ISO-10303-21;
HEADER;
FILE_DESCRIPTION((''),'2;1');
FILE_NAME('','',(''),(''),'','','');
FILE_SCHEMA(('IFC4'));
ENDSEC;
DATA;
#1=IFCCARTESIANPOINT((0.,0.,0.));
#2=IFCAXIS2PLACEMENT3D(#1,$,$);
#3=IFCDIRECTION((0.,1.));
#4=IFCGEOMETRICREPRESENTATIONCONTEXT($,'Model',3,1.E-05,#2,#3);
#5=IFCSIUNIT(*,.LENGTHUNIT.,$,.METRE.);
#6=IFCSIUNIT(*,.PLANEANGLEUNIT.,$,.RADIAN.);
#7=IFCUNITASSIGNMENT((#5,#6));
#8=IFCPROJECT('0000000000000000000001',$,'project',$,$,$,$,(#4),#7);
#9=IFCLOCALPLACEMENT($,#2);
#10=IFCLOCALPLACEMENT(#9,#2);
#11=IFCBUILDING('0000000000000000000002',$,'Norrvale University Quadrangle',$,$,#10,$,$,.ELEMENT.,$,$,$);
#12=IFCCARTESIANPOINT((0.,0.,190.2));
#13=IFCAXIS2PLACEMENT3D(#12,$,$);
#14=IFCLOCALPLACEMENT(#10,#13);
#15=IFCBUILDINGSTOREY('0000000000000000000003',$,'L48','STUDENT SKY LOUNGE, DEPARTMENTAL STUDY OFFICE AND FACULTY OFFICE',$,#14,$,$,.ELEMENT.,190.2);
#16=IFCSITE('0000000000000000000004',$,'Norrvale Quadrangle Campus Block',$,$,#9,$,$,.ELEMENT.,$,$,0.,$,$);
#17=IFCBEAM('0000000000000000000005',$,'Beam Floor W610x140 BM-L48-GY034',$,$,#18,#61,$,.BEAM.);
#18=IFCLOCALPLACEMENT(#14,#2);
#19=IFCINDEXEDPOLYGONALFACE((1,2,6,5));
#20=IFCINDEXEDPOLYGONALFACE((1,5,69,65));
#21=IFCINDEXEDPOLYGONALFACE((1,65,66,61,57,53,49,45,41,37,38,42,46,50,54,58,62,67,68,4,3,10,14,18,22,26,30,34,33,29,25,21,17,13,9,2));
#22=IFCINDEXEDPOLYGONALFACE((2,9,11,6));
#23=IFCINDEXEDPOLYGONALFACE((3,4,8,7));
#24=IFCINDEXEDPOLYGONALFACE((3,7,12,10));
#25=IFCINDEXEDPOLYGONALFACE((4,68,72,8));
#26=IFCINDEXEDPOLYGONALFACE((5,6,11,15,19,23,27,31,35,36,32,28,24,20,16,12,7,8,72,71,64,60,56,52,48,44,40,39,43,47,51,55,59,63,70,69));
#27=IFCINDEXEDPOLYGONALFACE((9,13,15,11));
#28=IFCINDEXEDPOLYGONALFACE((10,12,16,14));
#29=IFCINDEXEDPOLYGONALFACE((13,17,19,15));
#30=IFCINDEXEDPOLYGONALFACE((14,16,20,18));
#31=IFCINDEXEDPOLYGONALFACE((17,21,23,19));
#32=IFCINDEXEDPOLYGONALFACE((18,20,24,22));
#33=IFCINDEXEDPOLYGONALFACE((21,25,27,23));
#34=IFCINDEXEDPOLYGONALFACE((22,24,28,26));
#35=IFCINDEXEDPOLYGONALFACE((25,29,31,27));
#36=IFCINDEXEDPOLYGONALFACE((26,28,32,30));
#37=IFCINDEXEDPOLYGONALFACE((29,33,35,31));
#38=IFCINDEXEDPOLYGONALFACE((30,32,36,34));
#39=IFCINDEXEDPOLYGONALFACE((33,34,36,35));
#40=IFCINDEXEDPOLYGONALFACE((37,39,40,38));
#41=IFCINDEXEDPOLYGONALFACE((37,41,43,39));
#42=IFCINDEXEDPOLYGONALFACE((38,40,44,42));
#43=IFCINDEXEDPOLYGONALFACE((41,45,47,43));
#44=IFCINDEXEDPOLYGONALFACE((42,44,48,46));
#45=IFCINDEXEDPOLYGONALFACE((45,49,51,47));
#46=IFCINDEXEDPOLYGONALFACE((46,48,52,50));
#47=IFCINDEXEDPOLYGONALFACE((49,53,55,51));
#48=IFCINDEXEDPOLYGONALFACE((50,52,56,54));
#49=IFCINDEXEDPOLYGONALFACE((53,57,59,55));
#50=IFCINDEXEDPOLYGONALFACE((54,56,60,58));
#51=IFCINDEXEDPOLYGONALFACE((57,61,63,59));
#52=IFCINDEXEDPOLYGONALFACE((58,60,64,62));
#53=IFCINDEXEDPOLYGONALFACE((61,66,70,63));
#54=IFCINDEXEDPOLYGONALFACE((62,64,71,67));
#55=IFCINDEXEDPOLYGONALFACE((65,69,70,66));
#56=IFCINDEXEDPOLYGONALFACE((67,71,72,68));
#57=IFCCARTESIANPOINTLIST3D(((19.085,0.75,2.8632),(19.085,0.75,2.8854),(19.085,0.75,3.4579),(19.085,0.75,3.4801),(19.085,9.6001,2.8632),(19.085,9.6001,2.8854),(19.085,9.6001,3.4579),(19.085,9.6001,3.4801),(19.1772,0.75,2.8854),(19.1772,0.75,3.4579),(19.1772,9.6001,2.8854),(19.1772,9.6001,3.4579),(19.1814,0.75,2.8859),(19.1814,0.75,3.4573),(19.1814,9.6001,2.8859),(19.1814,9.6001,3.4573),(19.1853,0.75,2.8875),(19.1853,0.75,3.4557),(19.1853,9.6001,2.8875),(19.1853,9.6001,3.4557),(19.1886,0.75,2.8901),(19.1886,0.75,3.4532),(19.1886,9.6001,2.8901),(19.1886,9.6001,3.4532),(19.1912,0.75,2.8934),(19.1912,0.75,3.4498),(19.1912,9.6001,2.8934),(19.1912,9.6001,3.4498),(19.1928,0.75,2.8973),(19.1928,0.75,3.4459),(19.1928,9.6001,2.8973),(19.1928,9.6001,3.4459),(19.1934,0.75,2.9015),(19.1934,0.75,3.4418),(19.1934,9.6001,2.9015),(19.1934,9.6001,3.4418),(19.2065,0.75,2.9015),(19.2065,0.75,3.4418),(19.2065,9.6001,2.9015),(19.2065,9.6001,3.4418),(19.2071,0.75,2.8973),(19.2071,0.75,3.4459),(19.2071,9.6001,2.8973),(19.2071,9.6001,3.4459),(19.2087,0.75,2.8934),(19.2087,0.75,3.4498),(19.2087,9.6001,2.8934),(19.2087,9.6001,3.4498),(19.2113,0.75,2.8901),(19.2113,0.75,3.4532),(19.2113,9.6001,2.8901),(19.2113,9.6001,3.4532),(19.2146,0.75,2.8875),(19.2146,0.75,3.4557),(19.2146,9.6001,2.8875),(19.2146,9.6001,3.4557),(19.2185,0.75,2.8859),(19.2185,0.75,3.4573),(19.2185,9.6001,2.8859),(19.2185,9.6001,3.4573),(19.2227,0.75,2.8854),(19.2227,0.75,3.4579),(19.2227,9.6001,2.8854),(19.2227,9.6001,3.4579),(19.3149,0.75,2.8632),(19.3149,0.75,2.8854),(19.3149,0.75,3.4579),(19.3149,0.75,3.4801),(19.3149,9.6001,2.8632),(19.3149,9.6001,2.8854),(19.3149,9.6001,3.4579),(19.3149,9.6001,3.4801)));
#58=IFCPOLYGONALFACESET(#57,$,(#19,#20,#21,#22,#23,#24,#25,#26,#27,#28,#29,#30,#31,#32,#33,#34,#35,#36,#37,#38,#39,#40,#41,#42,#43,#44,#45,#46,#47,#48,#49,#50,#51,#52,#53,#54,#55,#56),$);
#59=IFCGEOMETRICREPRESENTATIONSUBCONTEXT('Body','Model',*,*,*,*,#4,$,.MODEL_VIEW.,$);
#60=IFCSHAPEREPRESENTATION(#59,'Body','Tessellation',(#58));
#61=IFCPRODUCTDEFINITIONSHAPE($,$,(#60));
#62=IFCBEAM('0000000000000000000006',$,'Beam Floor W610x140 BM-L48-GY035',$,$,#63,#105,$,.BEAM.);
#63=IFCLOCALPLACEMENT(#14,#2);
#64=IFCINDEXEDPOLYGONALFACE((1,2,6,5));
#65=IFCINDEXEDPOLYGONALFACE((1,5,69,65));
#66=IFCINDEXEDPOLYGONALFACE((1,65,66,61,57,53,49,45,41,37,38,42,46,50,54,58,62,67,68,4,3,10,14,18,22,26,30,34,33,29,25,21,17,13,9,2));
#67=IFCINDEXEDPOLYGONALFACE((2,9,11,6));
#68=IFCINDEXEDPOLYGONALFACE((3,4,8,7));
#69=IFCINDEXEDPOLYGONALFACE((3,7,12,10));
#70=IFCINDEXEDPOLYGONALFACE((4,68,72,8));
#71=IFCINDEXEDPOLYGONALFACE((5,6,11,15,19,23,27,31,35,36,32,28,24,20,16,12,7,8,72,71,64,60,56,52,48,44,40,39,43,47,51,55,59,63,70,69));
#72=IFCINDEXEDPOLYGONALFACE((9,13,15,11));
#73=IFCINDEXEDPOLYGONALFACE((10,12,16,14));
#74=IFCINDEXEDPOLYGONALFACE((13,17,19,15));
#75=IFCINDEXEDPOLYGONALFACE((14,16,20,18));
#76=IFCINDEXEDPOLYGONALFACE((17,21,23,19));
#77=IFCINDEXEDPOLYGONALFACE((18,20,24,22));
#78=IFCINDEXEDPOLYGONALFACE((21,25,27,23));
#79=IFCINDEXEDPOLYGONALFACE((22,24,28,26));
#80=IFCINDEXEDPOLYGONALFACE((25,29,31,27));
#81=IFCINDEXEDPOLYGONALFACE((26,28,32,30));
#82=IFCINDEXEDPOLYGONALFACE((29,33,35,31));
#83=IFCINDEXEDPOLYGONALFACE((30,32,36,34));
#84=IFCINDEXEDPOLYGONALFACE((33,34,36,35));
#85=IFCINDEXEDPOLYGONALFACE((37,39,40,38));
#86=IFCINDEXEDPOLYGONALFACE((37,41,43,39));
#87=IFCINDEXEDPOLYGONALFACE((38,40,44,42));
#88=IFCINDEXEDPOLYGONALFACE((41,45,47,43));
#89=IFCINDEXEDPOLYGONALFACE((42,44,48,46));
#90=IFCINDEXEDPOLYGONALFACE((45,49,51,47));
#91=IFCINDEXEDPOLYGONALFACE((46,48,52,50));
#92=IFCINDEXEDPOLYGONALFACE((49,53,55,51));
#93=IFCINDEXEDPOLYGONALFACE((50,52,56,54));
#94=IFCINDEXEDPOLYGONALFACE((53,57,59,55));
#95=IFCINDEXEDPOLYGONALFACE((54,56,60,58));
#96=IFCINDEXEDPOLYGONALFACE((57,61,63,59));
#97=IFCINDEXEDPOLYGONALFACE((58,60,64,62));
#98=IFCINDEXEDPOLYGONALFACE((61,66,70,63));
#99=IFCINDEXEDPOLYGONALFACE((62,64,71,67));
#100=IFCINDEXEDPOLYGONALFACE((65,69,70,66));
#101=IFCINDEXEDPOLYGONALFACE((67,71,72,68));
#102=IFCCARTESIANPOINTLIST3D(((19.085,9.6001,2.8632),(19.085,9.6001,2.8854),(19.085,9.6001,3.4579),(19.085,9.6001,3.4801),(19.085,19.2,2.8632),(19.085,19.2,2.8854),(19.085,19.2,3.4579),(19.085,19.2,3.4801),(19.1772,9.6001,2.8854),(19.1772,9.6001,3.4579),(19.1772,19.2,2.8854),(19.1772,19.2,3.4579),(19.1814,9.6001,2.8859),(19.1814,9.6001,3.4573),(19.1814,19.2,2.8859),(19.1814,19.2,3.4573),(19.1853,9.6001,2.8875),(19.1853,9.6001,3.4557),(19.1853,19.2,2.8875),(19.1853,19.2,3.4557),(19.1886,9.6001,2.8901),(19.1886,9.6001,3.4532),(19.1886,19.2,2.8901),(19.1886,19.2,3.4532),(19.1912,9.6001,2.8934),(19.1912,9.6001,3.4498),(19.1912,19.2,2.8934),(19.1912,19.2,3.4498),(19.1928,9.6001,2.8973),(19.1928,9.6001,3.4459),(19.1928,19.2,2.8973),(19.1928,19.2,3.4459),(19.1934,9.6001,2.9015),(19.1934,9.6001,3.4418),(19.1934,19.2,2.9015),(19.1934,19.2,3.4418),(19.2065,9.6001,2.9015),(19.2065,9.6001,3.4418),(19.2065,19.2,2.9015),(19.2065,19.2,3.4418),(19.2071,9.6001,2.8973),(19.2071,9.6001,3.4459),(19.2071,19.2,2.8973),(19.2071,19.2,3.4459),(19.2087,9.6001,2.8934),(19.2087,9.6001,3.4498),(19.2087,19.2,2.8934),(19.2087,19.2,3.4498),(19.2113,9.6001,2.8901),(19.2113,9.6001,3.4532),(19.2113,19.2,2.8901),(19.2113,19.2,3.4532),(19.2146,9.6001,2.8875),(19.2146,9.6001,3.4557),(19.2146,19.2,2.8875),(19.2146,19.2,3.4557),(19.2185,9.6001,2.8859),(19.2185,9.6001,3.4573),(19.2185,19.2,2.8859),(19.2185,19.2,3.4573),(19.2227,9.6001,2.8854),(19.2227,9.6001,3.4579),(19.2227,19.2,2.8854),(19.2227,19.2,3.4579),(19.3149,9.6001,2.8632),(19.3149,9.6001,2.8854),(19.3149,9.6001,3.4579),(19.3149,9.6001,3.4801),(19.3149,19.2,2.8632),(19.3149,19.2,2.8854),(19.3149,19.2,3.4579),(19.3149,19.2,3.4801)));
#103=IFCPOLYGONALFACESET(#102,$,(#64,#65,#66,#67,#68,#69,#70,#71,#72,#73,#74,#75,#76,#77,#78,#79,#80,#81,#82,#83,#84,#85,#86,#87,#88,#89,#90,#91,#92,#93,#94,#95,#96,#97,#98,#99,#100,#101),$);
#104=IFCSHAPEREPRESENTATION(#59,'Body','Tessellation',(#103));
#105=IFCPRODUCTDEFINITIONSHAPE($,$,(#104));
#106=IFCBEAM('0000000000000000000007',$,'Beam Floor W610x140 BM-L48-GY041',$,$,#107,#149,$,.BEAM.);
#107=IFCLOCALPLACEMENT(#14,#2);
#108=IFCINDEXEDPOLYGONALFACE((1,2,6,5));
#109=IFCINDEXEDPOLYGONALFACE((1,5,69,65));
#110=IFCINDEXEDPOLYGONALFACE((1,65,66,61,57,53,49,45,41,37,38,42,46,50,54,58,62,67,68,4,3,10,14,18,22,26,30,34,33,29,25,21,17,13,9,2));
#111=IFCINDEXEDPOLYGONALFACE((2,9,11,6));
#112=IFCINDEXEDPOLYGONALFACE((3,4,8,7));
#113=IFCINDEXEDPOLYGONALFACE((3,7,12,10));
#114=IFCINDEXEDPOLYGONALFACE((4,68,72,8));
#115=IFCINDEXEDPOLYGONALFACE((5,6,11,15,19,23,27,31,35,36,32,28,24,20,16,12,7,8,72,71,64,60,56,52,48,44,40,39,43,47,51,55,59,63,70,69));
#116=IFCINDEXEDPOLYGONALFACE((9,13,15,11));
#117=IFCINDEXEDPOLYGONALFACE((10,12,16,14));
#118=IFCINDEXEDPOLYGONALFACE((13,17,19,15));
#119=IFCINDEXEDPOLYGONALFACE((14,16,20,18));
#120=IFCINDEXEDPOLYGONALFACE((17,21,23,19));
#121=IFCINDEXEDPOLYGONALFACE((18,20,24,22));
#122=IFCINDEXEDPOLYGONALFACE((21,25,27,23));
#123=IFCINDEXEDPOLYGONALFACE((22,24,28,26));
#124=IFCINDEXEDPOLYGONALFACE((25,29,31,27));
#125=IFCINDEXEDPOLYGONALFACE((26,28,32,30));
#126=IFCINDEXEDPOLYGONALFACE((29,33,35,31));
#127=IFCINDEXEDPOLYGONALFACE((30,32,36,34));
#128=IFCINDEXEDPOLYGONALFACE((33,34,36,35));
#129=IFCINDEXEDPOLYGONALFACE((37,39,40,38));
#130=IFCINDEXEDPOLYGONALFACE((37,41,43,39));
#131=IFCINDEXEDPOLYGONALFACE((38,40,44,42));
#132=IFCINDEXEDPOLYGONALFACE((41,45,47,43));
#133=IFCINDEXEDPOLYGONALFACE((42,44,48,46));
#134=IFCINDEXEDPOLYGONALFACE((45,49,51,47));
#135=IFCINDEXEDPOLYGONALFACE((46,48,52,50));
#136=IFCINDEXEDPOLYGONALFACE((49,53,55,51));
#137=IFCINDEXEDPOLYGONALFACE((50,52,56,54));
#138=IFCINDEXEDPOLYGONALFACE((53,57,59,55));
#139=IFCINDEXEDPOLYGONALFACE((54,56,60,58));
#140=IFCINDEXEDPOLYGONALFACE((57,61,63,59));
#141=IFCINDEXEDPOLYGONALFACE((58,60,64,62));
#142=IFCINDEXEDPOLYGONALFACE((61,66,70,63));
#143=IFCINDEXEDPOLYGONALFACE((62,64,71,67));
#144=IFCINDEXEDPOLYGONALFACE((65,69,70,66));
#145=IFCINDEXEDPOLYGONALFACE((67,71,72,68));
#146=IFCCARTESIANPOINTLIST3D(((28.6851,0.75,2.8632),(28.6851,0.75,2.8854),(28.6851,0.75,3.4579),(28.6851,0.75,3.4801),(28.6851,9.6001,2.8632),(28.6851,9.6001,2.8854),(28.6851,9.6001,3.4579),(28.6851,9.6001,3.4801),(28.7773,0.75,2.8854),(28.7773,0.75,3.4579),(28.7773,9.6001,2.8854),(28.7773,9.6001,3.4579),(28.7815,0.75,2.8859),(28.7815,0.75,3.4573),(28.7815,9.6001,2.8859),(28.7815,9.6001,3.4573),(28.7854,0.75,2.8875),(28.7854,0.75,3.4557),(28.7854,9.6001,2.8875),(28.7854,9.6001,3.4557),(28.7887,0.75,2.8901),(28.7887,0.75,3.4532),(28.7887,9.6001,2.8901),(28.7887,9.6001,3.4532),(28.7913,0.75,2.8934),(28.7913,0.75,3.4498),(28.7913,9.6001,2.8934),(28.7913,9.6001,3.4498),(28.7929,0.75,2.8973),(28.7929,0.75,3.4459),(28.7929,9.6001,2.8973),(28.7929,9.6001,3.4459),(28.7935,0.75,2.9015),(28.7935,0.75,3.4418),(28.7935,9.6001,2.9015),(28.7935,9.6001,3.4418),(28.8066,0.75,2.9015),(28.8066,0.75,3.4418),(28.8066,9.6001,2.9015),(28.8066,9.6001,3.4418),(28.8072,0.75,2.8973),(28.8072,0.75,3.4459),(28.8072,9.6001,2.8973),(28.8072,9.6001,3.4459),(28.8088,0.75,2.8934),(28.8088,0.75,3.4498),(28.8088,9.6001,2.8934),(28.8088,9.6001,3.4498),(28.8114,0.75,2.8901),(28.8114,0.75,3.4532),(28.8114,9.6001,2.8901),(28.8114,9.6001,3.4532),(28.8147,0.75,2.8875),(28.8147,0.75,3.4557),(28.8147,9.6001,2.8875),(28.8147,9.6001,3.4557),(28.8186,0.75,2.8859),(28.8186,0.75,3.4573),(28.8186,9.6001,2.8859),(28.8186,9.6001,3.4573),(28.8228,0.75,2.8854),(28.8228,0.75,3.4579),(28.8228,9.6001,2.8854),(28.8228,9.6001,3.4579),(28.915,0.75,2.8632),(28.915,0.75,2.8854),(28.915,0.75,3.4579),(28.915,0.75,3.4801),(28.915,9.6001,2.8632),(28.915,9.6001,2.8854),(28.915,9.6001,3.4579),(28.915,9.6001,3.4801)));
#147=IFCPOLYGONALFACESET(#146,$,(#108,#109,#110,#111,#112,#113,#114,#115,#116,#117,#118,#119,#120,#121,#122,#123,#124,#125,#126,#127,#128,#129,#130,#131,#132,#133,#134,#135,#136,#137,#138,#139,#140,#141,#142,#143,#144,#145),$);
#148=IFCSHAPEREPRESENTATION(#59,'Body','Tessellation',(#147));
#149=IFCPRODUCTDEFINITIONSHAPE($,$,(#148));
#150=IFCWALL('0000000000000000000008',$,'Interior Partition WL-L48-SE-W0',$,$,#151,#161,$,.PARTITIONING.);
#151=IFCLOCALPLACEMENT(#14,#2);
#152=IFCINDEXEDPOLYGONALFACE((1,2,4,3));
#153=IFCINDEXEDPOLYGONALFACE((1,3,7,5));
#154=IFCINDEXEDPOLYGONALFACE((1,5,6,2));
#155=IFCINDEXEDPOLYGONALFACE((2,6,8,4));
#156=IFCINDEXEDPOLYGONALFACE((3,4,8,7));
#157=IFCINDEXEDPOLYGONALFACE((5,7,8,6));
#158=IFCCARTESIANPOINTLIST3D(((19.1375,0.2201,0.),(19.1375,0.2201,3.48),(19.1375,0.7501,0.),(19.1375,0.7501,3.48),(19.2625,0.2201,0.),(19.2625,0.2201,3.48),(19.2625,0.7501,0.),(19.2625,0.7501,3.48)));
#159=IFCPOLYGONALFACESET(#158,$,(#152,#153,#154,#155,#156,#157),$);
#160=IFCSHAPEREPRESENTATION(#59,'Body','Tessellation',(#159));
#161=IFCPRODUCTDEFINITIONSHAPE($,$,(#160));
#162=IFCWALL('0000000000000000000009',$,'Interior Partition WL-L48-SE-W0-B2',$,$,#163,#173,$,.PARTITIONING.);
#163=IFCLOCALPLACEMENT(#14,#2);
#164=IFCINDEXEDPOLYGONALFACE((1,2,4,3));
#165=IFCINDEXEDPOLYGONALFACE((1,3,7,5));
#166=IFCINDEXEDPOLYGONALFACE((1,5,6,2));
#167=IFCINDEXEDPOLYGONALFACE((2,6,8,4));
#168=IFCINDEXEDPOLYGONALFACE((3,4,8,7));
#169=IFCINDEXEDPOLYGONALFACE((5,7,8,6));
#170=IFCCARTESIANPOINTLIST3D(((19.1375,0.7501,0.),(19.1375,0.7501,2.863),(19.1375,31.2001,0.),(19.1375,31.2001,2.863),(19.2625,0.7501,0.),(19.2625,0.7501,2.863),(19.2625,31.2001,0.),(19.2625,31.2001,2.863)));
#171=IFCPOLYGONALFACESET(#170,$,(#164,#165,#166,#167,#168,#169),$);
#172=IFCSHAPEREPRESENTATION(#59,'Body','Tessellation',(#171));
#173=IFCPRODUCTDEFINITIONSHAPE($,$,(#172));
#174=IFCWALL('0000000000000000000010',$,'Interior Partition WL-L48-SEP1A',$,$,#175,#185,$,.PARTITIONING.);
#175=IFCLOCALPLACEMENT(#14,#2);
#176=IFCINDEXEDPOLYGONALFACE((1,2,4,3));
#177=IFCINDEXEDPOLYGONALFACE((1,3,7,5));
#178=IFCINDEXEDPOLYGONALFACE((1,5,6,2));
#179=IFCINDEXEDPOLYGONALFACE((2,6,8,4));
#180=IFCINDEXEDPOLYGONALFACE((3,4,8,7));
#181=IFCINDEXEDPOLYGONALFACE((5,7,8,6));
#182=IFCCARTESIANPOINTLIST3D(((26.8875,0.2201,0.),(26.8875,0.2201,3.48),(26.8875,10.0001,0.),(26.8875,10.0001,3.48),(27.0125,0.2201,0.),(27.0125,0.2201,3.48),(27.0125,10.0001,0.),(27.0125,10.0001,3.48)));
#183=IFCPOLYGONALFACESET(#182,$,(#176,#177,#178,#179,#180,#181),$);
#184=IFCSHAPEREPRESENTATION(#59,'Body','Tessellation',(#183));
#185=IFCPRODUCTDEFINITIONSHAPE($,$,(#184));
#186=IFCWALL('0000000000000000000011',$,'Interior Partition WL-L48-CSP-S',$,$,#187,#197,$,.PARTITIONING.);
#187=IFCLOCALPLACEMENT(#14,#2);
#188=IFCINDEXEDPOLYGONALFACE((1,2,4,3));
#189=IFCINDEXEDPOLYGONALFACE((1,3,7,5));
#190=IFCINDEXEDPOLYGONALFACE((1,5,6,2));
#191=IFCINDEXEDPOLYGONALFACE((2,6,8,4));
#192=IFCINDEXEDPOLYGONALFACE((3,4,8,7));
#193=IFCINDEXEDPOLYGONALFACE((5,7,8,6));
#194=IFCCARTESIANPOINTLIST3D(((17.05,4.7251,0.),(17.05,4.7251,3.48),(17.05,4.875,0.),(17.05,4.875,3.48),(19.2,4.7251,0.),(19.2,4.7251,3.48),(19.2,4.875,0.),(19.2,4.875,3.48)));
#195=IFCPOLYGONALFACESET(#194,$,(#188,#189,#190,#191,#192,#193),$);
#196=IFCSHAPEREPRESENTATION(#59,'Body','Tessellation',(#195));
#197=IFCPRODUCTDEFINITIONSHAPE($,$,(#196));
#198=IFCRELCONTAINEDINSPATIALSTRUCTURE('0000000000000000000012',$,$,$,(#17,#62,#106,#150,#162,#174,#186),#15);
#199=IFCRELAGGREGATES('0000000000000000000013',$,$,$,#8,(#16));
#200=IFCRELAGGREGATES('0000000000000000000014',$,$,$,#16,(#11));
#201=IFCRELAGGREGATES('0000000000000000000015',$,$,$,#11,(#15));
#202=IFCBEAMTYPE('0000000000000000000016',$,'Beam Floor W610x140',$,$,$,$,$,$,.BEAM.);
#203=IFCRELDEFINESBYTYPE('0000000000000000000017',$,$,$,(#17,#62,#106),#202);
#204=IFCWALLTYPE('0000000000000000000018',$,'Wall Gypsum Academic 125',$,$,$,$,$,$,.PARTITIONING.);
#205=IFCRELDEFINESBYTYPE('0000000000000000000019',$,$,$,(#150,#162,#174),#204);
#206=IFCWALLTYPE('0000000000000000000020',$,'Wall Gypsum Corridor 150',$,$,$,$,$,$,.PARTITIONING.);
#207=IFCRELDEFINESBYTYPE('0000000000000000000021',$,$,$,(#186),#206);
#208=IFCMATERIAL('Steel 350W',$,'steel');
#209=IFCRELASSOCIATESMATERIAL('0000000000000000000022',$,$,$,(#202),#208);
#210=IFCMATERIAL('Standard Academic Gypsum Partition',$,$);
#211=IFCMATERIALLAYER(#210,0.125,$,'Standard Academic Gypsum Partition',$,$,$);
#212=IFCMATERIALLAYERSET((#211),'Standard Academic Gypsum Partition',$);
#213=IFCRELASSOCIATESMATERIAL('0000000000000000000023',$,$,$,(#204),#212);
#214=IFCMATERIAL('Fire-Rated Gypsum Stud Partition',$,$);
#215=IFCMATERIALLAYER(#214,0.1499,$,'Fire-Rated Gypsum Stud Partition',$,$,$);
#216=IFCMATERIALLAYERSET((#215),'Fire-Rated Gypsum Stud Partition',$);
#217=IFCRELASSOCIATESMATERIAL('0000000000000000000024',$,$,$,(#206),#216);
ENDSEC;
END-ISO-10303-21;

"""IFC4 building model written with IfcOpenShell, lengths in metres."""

from ifc_helpers import new_model, si_unit, direction, frame, frame_2d, origin, origin_2d, place, context, subcontext, project, spatial, rectangle, i_section, extrude, material, layer, layer_set, material_profile, profile_set, type_object, element, save


model = new_model("IFC4")

# Units and contexts
model_context = context("Model", 3, precision=1e-05, world=origin(), true_north=direction((0.0, 1.0)))
body_context = subcontext(model_context, "Body", "Model", "MODEL_VIEW")
ifc_project = project(units=[si_unit("LENGTHUNIT", "METRE"), si_unit("PLANEANGLEUNIT", "RADIAN")], contexts=[model_context])

# Site, building, storey
site_placement = place(None, origin())
site = spatial("IfcSite", under=ifc_project, at=site_placement, Name="Norrvale Quadrangle Campus Block", CompositionType="ELEMENT", RefElevation=0.0)
building_placement = place(site_placement, origin())
building = spatial("IfcBuilding", under=site, at=building_placement, Name="Norrvale University Quadrangle", CompositionType="ELEMENT")
storey_placement = place(building_placement, frame((0.0, 0.0, 190.2)))
storey = spatial("IfcBuildingStorey", under=building, at=storey_placement, Name="L48", Description="STUDENT SKY LOUNGE, DEPARTMENTAL STUDY OFFICE AND FACULTY OFFICE", CompositionType="ELEMENT", Elevation=190.2)

# Beams
ifc_material_1 = material(Name="Steel 350W", Category="steel")
ifc_material_profile_1 = material_profile(ifc_material_1, i_section(OverallWidth=0.23, OverallDepth=0.6169, WebThickness=0.0132, FlangeThickness=0.0222, FilletRadius=0.0161, at=origin_2d()), Name="Steel 350W")
ifc_profile_set_1 = profile_set([ifc_material_profile_1], Name="Steel 350W")
beam_type_1 = type_object("IfcBeamType", Name="Beam Floor W610x140", PredefinedType="BEAM", material=ifc_profile_set_1)
beam_1_placement = place(storey_placement, frame((19.2, 0.75, 3.1716), z_axis=(0.0, 1.0, 0.0), x_axis=(-1.0, 0.0, 0.0)))
element("IfcBeam", 1, at=beam_1_placement, inside=storey, type_object=beam_type_1, Name="Beam Floor W610x140 BM-L48-GY034", PredefinedType="BEAM", context=body_context, shape_type="SweptSolid", body=[
    extrude(i_section(OverallWidth=0.23, OverallDepth=0.6169, WebThickness=0.0132, FlangeThickness=0.0222, FilletRadius=0.0161, at=origin_2d()), origin(), (0.0, 0.0, 1.0), 8.8501),
])
beam_2_placement = place(storey_placement, frame((19.2, 9.6001, 3.1716), z_axis=(0.0, 1.0, 0.0), x_axis=(-1.0, 0.0, 0.0)))
element("IfcBeam", 2, at=beam_2_placement, inside=storey, type_object=beam_type_1, Name="Beam Floor W610x140 BM-L48-GY035", PredefinedType="BEAM", context=body_context, shape_type="SweptSolid", body=[
    extrude(i_section(OverallWidth=0.23, OverallDepth=0.6169, WebThickness=0.0132, FlangeThickness=0.0222, FilletRadius=0.0161, at=origin_2d()), origin(), (0.0, 0.0, 1.0), 9.5999),
])
beam_3_placement = place(storey_placement, frame((28.8, 0.75, 3.1716), z_axis=(0.0, 1.0, 0.0), x_axis=(-1.0, 0.0, 0.0)))
element("IfcBeam", 3, at=beam_3_placement, inside=storey, type_object=beam_type_1, Name="Beam Floor W610x140 BM-L48-GY041", PredefinedType="BEAM", context=body_context, shape_type="SweptSolid", body=[
    extrude(i_section(OverallWidth=0.23, OverallDepth=0.6169, WebThickness=0.0132, FlangeThickness=0.0222, FilletRadius=0.0161, at=origin_2d()), origin(), (0.0, 0.0, 1.0), 8.8501),
])

# Walls
ifc_material_2 = material(Name="Standard Academic Gypsum Partition")
ifc_layer_1 = layer(ifc_material_2, 0.125, Name="Standard Academic Gypsum Partition")
ifc_layer_set_1 = layer_set([ifc_layer_1], Name="Standard Academic Gypsum Partition")
wall_type_1 = type_object("IfcWallType", Name="Wall Gypsum Academic 125", PredefinedType="PARTITIONING", material=ifc_layer_set_1)
wall_1_placement = place(storey_placement, frame((19.2, 0.22, 0.0), z_axis=(0.0, 0.0, 1.0), x_axis=(0.0, 1.0, 0.0)))
element("IfcWall", 4, at=wall_1_placement, inside=storey, type_object=wall_type_1, Name="Interior Partition WL-L48-SE-W0", PredefinedType="PARTITIONING", context=body_context, shape_type="SweptSolid", body=[
    extrude(rectangle(XDim=0.53, YDim=0.125, at=frame_2d((0.2651, 0.0))), origin(), (0.0, 0.0, 1.0), 3.48),
])
wall_2_placement = place(storey_placement, frame((19.2, 0.75, 0.0), z_axis=(0.0, 0.0, 1.0), x_axis=(0.0, 1.0, 0.0)))
element("IfcWall", 5, at=wall_2_placement, inside=storey, type_object=wall_type_1, Name="Interior Partition WL-L48-SE-W0-B2", PredefinedType="PARTITIONING", context=body_context, shape_type="SweptSolid", body=[
    extrude(rectangle(XDim=30.45, YDim=0.125, at=frame_2d((15.2251, 0.0))), origin(), (0.0, 0.0, 1.0), 2.863),
])
wall_3_placement = place(storey_placement, frame((26.95, 0.22, 0.0), z_axis=(0.0, 0.0, 1.0), x_axis=(0.0, 1.0, 0.0)))
element("IfcWall", 6, at=wall_3_placement, inside=storey, type_object=wall_type_1, Name="Interior Partition WL-L48-SEP1A", PredefinedType="PARTITIONING", context=body_context, shape_type="SweptSolid", body=[
    extrude(rectangle(XDim=9.78, YDim=0.125, at=frame_2d((4.8901, 0.0))), origin(), (0.0, 0.0, 1.0), 3.48),
])
ifc_material_3 = material(Name="Fire-Rated Gypsum Stud Partition")
ifc_layer_2 = layer(ifc_material_3, 0.1499, Name="Fire-Rated Gypsum Stud Partition")
ifc_layer_set_2 = layer_set([ifc_layer_2], Name="Fire-Rated Gypsum Stud Partition")
wall_type_2 = type_object("IfcWallType", Name="Wall Gypsum Corridor 150", PredefinedType="PARTITIONING", material=ifc_layer_set_2)
wall_4_placement = place(storey_placement, frame((17.05, 4.8, 0.0), z_axis=(0.0, 0.0, 1.0), x_axis=(1.0, 0.0, 0.0)))
element("IfcWall", 7, at=wall_4_placement, inside=storey, type_object=wall_type_2, Name="Interior Partition WL-L48-CSP-S", PredefinedType="PARTITIONING", context=body_context, shape_type="SweptSolid", body=[
    extrude(rectangle(XDim=2.1499, YDim=0.1499, at=frame_2d((1.075, 0.0))), origin(), (0.0, 0.0, 1.0), 3.48),
])

save(model, "model.ifc")
